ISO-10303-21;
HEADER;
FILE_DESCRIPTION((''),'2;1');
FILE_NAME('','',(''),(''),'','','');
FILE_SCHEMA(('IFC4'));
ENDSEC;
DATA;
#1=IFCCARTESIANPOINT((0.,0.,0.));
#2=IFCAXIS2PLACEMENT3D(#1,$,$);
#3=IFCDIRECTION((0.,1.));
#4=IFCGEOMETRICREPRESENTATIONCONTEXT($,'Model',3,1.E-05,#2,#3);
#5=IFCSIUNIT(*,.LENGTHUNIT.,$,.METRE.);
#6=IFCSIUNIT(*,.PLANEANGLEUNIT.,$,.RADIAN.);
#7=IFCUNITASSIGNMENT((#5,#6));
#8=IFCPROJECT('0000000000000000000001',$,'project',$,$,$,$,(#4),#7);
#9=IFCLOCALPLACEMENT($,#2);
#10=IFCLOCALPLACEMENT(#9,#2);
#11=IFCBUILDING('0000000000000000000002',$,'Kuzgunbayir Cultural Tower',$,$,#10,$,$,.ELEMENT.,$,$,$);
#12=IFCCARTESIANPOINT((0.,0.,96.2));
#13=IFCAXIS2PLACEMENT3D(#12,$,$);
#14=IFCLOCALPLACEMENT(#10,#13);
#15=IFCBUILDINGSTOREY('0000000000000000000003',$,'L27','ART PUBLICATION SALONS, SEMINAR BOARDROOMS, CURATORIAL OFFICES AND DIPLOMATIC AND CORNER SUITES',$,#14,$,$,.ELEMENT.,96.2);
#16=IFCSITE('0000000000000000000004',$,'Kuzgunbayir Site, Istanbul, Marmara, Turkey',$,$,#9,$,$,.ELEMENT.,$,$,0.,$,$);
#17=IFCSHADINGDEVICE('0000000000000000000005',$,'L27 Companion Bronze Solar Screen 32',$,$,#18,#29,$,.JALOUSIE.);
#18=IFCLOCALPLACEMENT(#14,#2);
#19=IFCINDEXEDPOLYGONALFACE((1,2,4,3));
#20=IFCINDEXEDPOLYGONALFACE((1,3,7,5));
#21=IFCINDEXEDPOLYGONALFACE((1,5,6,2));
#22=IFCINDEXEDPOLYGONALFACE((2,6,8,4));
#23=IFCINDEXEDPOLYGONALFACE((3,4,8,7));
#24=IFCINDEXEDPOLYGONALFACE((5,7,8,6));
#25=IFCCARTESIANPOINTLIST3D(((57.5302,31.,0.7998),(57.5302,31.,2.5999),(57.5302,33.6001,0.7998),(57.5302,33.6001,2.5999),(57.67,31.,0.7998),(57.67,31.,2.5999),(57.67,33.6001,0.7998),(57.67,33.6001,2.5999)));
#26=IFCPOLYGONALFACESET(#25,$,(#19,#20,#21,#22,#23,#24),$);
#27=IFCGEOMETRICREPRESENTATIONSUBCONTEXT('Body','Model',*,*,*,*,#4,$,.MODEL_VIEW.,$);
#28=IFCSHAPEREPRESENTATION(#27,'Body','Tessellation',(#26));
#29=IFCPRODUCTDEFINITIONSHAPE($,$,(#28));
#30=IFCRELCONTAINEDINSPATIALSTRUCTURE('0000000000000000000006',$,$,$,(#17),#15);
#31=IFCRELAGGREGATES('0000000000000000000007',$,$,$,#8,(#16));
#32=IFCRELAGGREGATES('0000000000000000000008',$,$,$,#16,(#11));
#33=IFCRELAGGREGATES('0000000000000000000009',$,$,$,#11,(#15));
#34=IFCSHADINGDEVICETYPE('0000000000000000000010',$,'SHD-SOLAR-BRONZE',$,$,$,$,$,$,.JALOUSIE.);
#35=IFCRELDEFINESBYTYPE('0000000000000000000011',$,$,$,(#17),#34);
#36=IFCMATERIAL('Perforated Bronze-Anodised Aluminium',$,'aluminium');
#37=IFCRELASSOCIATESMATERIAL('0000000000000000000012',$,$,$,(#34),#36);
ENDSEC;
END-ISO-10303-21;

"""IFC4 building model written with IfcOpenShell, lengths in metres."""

from ifc_helpers import new_model, si_unit, direction, frame, origin, origin_2d, place, context, subcontext, project, spatial, rectangle, extrude, material, type_object, element, save


model = new_model("IFC4")

# Units and contexts
model_context = context("Model", 3, precision=1e-05, world=origin(), true_north=direction((0.0, 1.0)))
body_context = subcontext(model_context, "Body", "Model", "MODEL_VIEW")
ifc_project = project(units=[si_unit("LENGTHUNIT", "METRE"), si_unit("PLANEANGLEUNIT", "RADIAN")], contexts=[model_context])

# Site, building, storey
site_placement = place(None, origin())
site = spatial("IfcSite", under=ifc_project, at=site_placement, Name="Kuzgunbayir Site, Istanbul, Marmara, Turkey", CompositionType="ELEMENT", RefElevation=0.0)
building_placement = place(site_placement, origin())
building = spatial("IfcBuilding", under=site, at=building_placement, Name="Kuzgunbayir Cultural Tower", CompositionType="ELEMENT")
storey_placement = place(building_placement, frame((0.0, 0.0, 96.2)))
storey = spatial("IfcBuildingStorey", under=building, at=storey_placement, Name="L27", Description="ART PUBLICATION SALONS, SEMINAR BOARDROOMS, CURATORIAL OFFICES AND DIPLOMATIC AND CORNER SUITES", CompositionType="ELEMENT", Elevation=96.2)

# Shading device
ifc_material_1 = material(Name="Perforated Bronze-Anodised Aluminium", Category="aluminium")
shading_device_type = type_object("IfcShadingDeviceType", Name="SHD-SOLAR-BRONZE", PredefinedType="JALOUSIE", material=ifc_material_1)
shading_device_1_placement = place(storey_placement, frame((57.6001, 32.3, 0.7998), z_axis=(0.0, 0.0, 1.0), x_axis=(1.0, 0.0, 0.0)))
element("IfcShadingDevice", 1, at=shading_device_1_placement, inside=storey, type_object=shading_device_type, Name="L27 Companion Bronze Solar Screen 32", PredefinedType="JALOUSIE", context=body_context, shape_type="SweptSolid", body=[
    extrude(rectangle(XDim=0.1399, YDim=2.6001, at=origin_2d()), origin(), (0.0, 0.0, 1.0), 1.8),
])

save(model, "model.ifc")
